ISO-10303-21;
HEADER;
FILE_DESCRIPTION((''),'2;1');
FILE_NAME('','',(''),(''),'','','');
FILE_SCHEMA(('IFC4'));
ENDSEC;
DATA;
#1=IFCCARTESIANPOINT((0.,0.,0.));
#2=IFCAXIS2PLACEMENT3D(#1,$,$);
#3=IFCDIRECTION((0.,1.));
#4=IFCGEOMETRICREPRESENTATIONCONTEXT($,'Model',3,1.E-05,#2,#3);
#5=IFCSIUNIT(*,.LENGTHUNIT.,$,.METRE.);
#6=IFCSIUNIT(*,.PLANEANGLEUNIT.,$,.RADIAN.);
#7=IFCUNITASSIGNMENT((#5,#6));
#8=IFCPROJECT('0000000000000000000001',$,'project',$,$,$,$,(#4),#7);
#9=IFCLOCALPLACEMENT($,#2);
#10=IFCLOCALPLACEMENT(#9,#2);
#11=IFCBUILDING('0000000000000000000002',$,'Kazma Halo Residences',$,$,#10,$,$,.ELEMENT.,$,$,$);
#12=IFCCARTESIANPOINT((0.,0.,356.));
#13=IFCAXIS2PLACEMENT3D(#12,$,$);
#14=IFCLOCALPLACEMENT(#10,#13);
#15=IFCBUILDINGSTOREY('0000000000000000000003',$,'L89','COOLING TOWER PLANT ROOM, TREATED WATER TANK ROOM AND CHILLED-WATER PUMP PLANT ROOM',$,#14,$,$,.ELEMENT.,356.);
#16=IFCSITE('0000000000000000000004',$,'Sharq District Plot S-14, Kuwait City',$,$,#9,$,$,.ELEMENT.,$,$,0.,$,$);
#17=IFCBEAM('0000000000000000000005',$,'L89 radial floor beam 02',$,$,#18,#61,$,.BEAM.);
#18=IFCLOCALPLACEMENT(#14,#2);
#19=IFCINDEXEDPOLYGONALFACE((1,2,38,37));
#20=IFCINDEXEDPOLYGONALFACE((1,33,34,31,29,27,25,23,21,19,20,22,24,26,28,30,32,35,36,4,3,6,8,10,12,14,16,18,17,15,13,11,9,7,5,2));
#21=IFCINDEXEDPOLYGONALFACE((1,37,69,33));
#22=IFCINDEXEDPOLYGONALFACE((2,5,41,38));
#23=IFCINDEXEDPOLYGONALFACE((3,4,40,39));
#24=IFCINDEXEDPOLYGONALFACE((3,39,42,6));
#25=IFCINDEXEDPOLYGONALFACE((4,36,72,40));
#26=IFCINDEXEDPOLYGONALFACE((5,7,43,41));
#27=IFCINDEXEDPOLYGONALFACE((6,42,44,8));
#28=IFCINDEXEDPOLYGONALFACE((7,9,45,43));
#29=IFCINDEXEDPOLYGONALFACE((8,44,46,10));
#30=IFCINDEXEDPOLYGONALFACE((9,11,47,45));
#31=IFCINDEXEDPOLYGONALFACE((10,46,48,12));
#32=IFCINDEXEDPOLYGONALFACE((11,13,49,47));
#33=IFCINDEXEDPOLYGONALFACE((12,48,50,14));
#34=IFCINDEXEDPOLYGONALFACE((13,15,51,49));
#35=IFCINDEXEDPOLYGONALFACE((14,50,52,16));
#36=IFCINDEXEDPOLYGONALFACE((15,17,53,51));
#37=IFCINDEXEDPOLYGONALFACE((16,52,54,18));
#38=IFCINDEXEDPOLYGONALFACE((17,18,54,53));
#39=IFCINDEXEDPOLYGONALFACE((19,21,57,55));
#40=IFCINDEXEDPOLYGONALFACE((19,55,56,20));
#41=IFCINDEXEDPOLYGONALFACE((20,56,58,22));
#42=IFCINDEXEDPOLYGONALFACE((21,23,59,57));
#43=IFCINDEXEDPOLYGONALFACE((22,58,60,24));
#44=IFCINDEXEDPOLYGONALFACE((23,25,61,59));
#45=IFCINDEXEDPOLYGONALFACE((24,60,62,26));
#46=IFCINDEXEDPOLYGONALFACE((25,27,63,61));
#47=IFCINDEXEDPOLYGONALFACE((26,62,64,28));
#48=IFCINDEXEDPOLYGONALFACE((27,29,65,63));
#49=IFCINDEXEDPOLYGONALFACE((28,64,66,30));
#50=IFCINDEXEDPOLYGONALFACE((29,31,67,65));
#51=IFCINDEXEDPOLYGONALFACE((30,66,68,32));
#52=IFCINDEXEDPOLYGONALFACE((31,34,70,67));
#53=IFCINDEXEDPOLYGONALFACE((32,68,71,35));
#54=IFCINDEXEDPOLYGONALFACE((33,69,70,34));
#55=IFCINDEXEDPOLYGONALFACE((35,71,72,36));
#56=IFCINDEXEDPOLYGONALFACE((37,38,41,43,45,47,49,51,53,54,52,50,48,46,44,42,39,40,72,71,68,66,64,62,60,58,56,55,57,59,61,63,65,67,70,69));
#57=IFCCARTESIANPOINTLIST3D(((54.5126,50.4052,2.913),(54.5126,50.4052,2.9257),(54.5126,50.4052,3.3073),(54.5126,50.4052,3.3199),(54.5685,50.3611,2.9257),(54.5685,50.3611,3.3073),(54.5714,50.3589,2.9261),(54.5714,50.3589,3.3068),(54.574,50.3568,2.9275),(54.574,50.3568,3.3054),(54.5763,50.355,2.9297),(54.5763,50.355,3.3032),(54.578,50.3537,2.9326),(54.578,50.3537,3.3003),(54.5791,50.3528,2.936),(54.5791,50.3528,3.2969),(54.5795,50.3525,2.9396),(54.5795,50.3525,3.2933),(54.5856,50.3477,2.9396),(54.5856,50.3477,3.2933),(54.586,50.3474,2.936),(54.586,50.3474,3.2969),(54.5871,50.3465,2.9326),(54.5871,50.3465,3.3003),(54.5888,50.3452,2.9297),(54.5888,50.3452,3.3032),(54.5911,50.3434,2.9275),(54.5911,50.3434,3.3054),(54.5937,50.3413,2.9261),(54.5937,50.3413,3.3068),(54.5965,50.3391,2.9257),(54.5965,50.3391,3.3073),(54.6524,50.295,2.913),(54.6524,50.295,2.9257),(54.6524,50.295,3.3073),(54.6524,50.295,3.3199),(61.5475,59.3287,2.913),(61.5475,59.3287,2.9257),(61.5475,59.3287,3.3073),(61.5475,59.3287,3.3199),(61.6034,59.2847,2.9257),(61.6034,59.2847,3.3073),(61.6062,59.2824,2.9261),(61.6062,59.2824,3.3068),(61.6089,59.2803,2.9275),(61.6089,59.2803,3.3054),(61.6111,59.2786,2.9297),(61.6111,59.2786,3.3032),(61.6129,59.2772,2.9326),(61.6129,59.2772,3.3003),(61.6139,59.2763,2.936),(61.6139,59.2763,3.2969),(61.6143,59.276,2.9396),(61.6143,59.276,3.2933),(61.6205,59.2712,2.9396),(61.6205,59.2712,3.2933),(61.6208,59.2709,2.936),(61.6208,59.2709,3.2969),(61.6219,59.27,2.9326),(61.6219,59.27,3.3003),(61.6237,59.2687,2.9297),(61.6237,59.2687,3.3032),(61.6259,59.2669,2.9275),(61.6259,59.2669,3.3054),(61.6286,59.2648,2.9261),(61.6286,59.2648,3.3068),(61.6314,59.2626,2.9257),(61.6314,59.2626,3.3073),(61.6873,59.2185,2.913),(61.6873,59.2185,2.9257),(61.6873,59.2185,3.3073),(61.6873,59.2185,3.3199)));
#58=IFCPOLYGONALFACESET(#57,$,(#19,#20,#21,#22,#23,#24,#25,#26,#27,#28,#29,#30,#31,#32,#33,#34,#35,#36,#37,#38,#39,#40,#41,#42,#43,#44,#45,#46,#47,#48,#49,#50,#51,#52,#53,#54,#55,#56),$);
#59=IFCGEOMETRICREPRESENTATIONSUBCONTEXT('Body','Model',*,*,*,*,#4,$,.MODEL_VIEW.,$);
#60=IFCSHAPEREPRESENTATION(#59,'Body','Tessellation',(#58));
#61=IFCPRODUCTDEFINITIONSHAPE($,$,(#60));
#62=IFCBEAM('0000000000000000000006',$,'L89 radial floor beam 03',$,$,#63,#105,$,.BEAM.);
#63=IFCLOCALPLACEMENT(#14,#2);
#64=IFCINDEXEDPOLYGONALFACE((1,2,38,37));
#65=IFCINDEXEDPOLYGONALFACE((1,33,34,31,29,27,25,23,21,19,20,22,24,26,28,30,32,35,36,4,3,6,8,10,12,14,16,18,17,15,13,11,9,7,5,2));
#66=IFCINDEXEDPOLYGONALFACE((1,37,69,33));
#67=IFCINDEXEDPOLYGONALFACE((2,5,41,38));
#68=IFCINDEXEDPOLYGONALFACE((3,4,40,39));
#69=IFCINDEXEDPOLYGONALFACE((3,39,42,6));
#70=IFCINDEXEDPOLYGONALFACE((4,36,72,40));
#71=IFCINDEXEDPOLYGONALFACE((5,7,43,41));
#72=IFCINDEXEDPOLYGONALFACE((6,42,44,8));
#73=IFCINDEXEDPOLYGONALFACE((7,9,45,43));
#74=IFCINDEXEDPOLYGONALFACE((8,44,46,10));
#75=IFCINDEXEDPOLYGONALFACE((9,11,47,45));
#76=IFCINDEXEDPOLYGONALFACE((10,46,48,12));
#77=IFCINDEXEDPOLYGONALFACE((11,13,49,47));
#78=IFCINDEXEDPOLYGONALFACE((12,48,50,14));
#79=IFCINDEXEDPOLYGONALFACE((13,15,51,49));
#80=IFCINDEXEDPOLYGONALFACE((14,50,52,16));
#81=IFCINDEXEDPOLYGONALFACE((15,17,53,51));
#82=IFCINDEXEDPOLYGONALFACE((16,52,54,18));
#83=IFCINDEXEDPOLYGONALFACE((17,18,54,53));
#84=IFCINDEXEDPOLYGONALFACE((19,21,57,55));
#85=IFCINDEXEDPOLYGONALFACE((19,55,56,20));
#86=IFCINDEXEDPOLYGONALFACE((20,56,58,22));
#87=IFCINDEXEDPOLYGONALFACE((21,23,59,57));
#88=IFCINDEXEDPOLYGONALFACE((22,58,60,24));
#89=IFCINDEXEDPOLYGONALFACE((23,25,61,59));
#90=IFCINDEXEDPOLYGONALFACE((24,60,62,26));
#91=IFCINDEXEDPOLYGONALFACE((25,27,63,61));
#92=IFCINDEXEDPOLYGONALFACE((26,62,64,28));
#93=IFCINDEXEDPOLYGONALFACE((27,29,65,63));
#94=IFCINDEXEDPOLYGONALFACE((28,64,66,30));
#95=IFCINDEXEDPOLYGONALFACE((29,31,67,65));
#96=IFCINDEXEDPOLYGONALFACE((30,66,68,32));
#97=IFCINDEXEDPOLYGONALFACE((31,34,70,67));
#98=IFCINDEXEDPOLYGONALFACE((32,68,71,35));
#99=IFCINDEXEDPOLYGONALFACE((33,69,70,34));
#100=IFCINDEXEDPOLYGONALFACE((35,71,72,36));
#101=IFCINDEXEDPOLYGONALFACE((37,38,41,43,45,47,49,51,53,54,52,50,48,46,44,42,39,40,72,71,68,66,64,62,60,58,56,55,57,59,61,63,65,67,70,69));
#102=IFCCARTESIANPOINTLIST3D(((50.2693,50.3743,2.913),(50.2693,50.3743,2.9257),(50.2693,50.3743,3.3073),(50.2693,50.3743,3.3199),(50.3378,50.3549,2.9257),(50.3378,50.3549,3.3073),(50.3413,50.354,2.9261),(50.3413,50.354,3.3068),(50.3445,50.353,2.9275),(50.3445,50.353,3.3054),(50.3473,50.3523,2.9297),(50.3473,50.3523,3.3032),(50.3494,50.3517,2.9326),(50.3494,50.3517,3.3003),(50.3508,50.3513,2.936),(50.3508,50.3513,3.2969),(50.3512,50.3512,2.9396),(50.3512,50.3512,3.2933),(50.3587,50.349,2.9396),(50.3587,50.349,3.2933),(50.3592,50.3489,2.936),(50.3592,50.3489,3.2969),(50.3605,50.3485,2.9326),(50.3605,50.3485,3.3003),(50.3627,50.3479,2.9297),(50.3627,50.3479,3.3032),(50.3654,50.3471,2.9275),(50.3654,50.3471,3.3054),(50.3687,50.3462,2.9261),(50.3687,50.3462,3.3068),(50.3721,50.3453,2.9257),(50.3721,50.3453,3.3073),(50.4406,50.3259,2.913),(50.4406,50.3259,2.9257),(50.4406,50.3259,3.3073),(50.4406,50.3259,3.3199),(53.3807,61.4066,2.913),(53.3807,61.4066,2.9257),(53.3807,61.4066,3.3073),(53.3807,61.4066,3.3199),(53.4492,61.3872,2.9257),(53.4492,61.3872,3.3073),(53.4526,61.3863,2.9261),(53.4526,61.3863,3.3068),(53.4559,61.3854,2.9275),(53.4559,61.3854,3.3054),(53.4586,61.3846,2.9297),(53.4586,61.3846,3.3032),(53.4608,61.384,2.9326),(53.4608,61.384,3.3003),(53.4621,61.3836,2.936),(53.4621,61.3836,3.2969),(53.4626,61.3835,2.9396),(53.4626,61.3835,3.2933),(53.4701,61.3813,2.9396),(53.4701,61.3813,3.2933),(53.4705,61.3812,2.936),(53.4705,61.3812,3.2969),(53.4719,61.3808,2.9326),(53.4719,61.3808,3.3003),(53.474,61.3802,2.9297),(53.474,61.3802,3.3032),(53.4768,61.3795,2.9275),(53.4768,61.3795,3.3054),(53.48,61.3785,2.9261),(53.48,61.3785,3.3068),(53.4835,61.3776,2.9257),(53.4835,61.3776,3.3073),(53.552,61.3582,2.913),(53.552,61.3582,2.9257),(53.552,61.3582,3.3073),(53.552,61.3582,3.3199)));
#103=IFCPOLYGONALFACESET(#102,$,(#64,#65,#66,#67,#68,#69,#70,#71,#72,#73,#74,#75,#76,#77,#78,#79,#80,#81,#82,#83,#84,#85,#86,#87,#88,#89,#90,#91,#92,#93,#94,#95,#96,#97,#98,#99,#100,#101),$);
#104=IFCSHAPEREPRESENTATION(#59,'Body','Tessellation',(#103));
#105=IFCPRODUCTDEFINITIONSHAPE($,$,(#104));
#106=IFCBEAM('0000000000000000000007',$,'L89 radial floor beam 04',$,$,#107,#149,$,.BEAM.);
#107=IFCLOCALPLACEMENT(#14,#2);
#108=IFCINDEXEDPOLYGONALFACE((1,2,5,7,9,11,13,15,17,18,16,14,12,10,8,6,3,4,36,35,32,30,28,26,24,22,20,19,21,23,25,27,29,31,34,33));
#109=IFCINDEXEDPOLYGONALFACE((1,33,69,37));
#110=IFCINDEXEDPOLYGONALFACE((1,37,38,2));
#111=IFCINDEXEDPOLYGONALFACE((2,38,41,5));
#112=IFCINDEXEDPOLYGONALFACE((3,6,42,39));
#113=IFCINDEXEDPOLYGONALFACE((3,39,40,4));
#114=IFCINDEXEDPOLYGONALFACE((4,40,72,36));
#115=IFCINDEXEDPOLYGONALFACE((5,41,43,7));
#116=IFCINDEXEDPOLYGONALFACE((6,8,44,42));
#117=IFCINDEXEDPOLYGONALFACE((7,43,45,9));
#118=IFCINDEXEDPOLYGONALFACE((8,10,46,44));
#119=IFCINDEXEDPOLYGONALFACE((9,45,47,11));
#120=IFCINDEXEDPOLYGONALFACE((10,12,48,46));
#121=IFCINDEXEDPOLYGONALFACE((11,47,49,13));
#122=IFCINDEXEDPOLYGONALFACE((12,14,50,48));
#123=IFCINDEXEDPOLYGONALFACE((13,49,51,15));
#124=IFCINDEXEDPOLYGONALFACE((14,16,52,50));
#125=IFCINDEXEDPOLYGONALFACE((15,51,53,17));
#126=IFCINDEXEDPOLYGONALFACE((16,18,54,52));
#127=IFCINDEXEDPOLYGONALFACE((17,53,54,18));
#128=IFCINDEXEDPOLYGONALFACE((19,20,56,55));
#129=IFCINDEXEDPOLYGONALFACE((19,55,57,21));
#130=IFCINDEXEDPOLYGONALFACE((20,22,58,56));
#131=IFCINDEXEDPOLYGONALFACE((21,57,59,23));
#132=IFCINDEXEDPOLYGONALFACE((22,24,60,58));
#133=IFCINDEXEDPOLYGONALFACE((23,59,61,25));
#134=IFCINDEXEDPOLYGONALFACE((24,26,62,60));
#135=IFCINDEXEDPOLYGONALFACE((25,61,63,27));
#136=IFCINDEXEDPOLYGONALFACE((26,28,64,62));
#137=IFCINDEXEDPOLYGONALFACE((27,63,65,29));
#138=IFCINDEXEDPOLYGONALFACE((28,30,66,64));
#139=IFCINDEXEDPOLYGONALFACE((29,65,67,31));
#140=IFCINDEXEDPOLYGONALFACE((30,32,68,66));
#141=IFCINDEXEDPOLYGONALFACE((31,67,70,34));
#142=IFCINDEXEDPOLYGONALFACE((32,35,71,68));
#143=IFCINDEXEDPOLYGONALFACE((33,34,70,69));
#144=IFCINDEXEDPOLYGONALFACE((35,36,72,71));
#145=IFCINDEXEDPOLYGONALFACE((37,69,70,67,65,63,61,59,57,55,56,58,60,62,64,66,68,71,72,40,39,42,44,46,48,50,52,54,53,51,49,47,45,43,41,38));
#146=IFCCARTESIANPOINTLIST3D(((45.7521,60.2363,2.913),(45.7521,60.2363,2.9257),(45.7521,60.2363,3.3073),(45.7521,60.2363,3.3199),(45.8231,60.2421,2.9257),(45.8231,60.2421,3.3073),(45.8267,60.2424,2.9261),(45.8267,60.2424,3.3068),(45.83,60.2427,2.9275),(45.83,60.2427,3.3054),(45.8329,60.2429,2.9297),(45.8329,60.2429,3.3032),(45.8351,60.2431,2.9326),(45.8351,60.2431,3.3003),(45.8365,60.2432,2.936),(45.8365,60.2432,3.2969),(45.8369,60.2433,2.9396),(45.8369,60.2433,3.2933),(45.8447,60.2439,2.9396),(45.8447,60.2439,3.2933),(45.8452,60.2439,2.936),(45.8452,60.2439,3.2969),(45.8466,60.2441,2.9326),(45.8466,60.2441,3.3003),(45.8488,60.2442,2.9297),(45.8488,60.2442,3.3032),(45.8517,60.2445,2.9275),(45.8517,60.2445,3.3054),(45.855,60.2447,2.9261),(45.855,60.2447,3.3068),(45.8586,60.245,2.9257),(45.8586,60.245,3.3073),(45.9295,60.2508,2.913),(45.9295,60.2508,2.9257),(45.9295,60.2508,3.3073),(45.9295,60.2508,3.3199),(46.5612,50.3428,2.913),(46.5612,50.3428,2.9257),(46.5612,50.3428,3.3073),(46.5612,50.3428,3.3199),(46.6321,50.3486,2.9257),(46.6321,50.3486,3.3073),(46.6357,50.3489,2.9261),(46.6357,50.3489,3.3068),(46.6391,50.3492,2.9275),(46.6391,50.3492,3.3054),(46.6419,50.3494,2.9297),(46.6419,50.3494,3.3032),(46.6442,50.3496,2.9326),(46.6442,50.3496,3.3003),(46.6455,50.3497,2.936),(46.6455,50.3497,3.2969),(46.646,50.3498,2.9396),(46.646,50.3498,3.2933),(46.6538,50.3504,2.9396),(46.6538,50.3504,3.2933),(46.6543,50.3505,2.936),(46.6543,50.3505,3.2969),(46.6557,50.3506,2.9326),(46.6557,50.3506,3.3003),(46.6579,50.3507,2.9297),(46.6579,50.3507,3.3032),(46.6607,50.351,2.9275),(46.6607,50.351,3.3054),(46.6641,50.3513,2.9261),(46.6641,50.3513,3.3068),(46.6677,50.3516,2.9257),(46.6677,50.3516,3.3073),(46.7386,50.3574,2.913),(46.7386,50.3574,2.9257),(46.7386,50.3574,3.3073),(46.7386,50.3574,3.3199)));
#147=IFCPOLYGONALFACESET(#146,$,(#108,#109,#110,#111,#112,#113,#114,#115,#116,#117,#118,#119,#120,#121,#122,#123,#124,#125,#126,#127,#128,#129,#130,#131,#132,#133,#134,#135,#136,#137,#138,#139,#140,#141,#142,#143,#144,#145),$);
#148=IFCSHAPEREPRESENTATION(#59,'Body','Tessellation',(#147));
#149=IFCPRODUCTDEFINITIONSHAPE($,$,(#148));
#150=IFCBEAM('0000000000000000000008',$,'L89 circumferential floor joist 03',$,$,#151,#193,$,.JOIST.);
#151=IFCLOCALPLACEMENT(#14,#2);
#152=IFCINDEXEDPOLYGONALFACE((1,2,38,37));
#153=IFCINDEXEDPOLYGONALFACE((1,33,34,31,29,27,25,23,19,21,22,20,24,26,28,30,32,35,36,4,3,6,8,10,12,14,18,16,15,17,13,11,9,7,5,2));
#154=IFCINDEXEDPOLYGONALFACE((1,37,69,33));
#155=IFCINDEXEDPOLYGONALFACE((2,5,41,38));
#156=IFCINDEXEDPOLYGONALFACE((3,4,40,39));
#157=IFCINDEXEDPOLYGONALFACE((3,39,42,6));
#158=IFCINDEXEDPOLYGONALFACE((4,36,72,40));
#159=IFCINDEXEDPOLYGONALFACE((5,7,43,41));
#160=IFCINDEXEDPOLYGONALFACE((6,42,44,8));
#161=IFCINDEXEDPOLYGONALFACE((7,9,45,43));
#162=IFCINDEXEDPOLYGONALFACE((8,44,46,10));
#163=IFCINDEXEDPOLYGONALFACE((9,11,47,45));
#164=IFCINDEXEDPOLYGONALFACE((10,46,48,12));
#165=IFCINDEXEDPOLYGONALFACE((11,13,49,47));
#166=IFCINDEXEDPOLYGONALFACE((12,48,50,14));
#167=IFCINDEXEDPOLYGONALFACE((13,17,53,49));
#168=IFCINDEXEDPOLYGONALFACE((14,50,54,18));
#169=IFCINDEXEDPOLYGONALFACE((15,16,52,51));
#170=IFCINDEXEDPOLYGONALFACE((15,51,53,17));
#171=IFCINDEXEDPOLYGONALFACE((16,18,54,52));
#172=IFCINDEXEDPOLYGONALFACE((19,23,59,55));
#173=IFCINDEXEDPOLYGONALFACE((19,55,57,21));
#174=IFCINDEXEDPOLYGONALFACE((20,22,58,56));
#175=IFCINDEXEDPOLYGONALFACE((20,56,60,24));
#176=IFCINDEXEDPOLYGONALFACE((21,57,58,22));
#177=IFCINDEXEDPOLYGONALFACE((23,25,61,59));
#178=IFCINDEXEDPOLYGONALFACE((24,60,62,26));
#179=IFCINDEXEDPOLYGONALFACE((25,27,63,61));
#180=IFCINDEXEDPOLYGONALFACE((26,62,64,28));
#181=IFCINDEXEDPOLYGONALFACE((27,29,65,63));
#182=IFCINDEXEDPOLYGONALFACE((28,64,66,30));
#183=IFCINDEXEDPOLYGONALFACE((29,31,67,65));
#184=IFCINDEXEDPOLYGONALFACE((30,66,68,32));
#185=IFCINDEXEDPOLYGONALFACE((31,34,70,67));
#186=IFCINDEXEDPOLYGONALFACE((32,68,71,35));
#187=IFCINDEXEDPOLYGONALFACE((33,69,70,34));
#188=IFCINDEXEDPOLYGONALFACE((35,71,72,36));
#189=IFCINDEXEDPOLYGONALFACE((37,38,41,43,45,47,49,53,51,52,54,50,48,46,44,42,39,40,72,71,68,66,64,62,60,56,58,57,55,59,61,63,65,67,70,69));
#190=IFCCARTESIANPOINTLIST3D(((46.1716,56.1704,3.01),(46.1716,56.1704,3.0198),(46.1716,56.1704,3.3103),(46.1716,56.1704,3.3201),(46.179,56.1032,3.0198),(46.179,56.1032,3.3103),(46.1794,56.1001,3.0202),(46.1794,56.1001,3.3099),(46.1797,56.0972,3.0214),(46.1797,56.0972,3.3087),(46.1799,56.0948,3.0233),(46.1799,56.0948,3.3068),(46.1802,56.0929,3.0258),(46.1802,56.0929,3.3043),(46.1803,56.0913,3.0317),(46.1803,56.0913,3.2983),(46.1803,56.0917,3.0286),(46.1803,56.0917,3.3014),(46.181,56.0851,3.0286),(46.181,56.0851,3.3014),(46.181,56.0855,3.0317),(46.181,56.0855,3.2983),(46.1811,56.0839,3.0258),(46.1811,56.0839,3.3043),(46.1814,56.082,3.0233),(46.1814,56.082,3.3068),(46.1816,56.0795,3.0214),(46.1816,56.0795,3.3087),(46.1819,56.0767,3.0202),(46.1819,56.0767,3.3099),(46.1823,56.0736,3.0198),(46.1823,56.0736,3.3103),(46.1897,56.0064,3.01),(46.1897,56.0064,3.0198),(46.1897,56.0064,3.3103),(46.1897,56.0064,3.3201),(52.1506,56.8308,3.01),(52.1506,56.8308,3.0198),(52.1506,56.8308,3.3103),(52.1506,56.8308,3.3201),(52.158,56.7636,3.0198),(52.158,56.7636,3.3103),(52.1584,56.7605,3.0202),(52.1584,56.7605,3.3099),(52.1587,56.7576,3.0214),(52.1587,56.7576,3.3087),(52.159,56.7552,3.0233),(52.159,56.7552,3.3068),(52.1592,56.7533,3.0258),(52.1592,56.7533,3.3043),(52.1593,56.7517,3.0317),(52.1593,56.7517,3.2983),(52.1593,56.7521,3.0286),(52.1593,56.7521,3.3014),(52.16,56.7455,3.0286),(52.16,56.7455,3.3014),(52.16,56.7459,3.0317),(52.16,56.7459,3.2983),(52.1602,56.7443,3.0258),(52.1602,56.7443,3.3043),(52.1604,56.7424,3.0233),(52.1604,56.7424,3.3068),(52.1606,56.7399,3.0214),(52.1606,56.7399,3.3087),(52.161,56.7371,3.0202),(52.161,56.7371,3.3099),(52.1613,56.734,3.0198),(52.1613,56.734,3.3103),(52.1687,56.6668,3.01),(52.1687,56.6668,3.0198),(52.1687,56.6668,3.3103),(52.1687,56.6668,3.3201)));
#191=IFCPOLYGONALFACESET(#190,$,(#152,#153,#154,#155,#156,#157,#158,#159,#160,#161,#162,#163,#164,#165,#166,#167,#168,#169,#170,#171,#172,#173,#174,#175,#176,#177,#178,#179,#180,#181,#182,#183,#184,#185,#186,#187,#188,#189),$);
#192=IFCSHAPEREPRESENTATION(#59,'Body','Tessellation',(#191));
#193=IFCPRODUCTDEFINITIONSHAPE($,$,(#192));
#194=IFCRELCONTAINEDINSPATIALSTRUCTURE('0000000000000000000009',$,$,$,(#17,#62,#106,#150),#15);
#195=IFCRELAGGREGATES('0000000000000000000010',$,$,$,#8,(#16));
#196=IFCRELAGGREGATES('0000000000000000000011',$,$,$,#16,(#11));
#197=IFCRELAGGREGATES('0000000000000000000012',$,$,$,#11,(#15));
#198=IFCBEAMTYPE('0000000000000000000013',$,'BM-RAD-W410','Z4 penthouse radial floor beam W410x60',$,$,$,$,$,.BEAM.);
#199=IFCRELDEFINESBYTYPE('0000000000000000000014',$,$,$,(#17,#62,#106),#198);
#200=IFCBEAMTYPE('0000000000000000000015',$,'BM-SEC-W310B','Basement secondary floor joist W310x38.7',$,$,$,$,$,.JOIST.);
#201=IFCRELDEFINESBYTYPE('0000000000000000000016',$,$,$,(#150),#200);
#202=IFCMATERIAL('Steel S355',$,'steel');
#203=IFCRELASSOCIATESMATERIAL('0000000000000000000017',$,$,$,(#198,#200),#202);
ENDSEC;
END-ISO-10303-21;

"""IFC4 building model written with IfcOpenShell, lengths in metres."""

from ifc_helpers import new_model, si_unit, direction, frame, origin, origin_2d, place, context, subcontext, project, spatial, i_section, extrude, material, material_profile, profile_set, type_object, element, save


model = new_model("IFC4")

# Units and contexts
model_context = context("Model", 3, precision=1e-05, world=origin(), true_north=direction((0.0, 1.0)))
body_context = subcontext(model_context, "Body", "Model", "MODEL_VIEW")
ifc_project = project(units=[si_unit("LENGTHUNIT", "METRE"), si_unit("PLANEANGLEUNIT", "RADIAN")], contexts=[model_context])

# Site, building, storey
site_placement = place(None, origin())
site = spatial("IfcSite", under=ifc_project, at=site_placement, Name="Sharq District Plot S-14, Kuwait City", CompositionType="ELEMENT", RefElevation=0.0)
building_placement = place(site_placement, origin())
building = spatial("IfcBuilding", under=site, at=building_placement, Name="Kazma Halo Residences", CompositionType="ELEMENT")
storey_placement = place(building_placement, frame((0.0, 0.0, 356.0)))
storey = spatial("IfcBuildingStorey", under=building, at=storey_placement, Name="L89", Description="COOLING TOWER PLANT ROOM, TREATED WATER TANK ROOM AND CHILLED-WATER PUMP PLANT ROOM", CompositionType="ELEMENT", Elevation=356.0)

# Shared definitions
ifc_material_1 = material(Name="Steel S355", Category="steel")

# Beams
ifc_material_profile_1 = material_profile(ifc_material_1, i_section(OverallWidth=0.178, OverallDepth=0.407, WebThickness=0.0078, FlangeThickness=0.0127, FilletRadius=0.0139, at=origin_2d()), Name="W410x60")
ifc_profile_set_1 = profile_set([ifc_material_profile_1], Name="Steel S355")
beam_type_1 = type_object("IfcBeamType", Name="BM-RAD-W410", Description="Z4 penthouse radial floor beam W410x60", PredefinedType="BEAM", material=ifc_profile_set_1)
beam_1_placement = place(storey_placement, frame((54.5825, 50.3501, 3.1165), z_axis=(0.619101, 0.785312, 0.0), x_axis=(-0.785312, 0.619101, 0.0)))
element("IfcBeam", 1, at=beam_1_placement, inside=storey, type_object=beam_type_1, Name="L89 radial floor beam 02", PredefinedType="BEAM", context=body_context, shape_type="SweptSolid", body=[
    extrude(i_section(OverallWidth=0.178, OverallDepth=0.407, WebThickness=0.0078, FlangeThickness=0.0127, FilletRadius=0.0139, at=origin_2d()), origin(), (0.0, 0.0, 1.0), 11.363),
])
beam_2_placement = place(storey_placement, frame((50.355, 50.3501, 3.1165), z_axis=(0.271434, 0.962457, 0.0), x_axis=(-0.962457, 0.271434, 0.0)))
element("IfcBeam", 2, at=beam_2_placement, inside=storey, type_object=beam_type_1, Name="L89 radial floor beam 03", PredefinedType="BEAM", context=body_context, shape_type="SweptSolid", body=[
    extrude(i_section(OverallWidth=0.178, OverallDepth=0.407, WebThickness=0.0078, FlangeThickness=0.0127, FilletRadius=0.0139, at=origin_2d()), origin(), (0.0, 0.0, 1.0), 11.4626),
])
beam_3_placement = place(storey_placement, frame((46.6499, 50.3501, 3.1165), z_axis=(-0.081507, 0.996673, 0.0), x_axis=(-0.996673, -0.081507, 0.0)))
element("IfcBeam", 3, at=beam_3_placement, inside=storey, type_object=beam_type_1, Name="L89 radial floor beam 04", PredefinedType="BEAM", context=body_context, shape_type="SweptSolid", body=[
    extrude(i_section(OverallWidth=0.178, OverallDepth=0.407, WebThickness=0.0078, FlangeThickness=0.0127, FilletRadius=0.0139, at=origin_2d()), origin(), (0.0, 0.0, 1.0), 9.9265),
])
ifc_material_profile_2 = material_profile(ifc_material_1, i_section(OverallWidth=0.165, OverallDepth=0.3101, WebThickness=0.0059, FlangeThickness=0.0098, FilletRadius=0.012, at=origin_2d()), Name="W310x38.7")
ifc_profile_set_2 = profile_set([ifc_material_profile_2], Name="Steel S355")
beam_type_2 = type_object("IfcBeamType", Name="BM-SEC-W310B", Description="Basement secondary floor joist W310x38.7", PredefinedType="JOIST", material=ifc_profile_set_2)
beam_4_placement = place(storey_placement, frame((52.1597, 56.7488, 3.165), z_axis=(-0.993955, -0.109786, 0.0), x_axis=(0.109786, -0.993955, 0.0)))
element("IfcBeam", 4, at=beam_4_placement, inside=storey, type_object=beam_type_2, Name="L89 circumferential floor joist 03", PredefinedType="JOIST", context=body_context, shape_type="SweptSolid", body=[
    extrude(i_section(OverallWidth=0.165, OverallDepth=0.3101, WebThickness=0.0059, FlangeThickness=0.0098, FilletRadius=0.012, at=origin_2d()), origin(), (0.0, 0.0, 1.0), 6.0154),
])

save(model, "model.ifc")
